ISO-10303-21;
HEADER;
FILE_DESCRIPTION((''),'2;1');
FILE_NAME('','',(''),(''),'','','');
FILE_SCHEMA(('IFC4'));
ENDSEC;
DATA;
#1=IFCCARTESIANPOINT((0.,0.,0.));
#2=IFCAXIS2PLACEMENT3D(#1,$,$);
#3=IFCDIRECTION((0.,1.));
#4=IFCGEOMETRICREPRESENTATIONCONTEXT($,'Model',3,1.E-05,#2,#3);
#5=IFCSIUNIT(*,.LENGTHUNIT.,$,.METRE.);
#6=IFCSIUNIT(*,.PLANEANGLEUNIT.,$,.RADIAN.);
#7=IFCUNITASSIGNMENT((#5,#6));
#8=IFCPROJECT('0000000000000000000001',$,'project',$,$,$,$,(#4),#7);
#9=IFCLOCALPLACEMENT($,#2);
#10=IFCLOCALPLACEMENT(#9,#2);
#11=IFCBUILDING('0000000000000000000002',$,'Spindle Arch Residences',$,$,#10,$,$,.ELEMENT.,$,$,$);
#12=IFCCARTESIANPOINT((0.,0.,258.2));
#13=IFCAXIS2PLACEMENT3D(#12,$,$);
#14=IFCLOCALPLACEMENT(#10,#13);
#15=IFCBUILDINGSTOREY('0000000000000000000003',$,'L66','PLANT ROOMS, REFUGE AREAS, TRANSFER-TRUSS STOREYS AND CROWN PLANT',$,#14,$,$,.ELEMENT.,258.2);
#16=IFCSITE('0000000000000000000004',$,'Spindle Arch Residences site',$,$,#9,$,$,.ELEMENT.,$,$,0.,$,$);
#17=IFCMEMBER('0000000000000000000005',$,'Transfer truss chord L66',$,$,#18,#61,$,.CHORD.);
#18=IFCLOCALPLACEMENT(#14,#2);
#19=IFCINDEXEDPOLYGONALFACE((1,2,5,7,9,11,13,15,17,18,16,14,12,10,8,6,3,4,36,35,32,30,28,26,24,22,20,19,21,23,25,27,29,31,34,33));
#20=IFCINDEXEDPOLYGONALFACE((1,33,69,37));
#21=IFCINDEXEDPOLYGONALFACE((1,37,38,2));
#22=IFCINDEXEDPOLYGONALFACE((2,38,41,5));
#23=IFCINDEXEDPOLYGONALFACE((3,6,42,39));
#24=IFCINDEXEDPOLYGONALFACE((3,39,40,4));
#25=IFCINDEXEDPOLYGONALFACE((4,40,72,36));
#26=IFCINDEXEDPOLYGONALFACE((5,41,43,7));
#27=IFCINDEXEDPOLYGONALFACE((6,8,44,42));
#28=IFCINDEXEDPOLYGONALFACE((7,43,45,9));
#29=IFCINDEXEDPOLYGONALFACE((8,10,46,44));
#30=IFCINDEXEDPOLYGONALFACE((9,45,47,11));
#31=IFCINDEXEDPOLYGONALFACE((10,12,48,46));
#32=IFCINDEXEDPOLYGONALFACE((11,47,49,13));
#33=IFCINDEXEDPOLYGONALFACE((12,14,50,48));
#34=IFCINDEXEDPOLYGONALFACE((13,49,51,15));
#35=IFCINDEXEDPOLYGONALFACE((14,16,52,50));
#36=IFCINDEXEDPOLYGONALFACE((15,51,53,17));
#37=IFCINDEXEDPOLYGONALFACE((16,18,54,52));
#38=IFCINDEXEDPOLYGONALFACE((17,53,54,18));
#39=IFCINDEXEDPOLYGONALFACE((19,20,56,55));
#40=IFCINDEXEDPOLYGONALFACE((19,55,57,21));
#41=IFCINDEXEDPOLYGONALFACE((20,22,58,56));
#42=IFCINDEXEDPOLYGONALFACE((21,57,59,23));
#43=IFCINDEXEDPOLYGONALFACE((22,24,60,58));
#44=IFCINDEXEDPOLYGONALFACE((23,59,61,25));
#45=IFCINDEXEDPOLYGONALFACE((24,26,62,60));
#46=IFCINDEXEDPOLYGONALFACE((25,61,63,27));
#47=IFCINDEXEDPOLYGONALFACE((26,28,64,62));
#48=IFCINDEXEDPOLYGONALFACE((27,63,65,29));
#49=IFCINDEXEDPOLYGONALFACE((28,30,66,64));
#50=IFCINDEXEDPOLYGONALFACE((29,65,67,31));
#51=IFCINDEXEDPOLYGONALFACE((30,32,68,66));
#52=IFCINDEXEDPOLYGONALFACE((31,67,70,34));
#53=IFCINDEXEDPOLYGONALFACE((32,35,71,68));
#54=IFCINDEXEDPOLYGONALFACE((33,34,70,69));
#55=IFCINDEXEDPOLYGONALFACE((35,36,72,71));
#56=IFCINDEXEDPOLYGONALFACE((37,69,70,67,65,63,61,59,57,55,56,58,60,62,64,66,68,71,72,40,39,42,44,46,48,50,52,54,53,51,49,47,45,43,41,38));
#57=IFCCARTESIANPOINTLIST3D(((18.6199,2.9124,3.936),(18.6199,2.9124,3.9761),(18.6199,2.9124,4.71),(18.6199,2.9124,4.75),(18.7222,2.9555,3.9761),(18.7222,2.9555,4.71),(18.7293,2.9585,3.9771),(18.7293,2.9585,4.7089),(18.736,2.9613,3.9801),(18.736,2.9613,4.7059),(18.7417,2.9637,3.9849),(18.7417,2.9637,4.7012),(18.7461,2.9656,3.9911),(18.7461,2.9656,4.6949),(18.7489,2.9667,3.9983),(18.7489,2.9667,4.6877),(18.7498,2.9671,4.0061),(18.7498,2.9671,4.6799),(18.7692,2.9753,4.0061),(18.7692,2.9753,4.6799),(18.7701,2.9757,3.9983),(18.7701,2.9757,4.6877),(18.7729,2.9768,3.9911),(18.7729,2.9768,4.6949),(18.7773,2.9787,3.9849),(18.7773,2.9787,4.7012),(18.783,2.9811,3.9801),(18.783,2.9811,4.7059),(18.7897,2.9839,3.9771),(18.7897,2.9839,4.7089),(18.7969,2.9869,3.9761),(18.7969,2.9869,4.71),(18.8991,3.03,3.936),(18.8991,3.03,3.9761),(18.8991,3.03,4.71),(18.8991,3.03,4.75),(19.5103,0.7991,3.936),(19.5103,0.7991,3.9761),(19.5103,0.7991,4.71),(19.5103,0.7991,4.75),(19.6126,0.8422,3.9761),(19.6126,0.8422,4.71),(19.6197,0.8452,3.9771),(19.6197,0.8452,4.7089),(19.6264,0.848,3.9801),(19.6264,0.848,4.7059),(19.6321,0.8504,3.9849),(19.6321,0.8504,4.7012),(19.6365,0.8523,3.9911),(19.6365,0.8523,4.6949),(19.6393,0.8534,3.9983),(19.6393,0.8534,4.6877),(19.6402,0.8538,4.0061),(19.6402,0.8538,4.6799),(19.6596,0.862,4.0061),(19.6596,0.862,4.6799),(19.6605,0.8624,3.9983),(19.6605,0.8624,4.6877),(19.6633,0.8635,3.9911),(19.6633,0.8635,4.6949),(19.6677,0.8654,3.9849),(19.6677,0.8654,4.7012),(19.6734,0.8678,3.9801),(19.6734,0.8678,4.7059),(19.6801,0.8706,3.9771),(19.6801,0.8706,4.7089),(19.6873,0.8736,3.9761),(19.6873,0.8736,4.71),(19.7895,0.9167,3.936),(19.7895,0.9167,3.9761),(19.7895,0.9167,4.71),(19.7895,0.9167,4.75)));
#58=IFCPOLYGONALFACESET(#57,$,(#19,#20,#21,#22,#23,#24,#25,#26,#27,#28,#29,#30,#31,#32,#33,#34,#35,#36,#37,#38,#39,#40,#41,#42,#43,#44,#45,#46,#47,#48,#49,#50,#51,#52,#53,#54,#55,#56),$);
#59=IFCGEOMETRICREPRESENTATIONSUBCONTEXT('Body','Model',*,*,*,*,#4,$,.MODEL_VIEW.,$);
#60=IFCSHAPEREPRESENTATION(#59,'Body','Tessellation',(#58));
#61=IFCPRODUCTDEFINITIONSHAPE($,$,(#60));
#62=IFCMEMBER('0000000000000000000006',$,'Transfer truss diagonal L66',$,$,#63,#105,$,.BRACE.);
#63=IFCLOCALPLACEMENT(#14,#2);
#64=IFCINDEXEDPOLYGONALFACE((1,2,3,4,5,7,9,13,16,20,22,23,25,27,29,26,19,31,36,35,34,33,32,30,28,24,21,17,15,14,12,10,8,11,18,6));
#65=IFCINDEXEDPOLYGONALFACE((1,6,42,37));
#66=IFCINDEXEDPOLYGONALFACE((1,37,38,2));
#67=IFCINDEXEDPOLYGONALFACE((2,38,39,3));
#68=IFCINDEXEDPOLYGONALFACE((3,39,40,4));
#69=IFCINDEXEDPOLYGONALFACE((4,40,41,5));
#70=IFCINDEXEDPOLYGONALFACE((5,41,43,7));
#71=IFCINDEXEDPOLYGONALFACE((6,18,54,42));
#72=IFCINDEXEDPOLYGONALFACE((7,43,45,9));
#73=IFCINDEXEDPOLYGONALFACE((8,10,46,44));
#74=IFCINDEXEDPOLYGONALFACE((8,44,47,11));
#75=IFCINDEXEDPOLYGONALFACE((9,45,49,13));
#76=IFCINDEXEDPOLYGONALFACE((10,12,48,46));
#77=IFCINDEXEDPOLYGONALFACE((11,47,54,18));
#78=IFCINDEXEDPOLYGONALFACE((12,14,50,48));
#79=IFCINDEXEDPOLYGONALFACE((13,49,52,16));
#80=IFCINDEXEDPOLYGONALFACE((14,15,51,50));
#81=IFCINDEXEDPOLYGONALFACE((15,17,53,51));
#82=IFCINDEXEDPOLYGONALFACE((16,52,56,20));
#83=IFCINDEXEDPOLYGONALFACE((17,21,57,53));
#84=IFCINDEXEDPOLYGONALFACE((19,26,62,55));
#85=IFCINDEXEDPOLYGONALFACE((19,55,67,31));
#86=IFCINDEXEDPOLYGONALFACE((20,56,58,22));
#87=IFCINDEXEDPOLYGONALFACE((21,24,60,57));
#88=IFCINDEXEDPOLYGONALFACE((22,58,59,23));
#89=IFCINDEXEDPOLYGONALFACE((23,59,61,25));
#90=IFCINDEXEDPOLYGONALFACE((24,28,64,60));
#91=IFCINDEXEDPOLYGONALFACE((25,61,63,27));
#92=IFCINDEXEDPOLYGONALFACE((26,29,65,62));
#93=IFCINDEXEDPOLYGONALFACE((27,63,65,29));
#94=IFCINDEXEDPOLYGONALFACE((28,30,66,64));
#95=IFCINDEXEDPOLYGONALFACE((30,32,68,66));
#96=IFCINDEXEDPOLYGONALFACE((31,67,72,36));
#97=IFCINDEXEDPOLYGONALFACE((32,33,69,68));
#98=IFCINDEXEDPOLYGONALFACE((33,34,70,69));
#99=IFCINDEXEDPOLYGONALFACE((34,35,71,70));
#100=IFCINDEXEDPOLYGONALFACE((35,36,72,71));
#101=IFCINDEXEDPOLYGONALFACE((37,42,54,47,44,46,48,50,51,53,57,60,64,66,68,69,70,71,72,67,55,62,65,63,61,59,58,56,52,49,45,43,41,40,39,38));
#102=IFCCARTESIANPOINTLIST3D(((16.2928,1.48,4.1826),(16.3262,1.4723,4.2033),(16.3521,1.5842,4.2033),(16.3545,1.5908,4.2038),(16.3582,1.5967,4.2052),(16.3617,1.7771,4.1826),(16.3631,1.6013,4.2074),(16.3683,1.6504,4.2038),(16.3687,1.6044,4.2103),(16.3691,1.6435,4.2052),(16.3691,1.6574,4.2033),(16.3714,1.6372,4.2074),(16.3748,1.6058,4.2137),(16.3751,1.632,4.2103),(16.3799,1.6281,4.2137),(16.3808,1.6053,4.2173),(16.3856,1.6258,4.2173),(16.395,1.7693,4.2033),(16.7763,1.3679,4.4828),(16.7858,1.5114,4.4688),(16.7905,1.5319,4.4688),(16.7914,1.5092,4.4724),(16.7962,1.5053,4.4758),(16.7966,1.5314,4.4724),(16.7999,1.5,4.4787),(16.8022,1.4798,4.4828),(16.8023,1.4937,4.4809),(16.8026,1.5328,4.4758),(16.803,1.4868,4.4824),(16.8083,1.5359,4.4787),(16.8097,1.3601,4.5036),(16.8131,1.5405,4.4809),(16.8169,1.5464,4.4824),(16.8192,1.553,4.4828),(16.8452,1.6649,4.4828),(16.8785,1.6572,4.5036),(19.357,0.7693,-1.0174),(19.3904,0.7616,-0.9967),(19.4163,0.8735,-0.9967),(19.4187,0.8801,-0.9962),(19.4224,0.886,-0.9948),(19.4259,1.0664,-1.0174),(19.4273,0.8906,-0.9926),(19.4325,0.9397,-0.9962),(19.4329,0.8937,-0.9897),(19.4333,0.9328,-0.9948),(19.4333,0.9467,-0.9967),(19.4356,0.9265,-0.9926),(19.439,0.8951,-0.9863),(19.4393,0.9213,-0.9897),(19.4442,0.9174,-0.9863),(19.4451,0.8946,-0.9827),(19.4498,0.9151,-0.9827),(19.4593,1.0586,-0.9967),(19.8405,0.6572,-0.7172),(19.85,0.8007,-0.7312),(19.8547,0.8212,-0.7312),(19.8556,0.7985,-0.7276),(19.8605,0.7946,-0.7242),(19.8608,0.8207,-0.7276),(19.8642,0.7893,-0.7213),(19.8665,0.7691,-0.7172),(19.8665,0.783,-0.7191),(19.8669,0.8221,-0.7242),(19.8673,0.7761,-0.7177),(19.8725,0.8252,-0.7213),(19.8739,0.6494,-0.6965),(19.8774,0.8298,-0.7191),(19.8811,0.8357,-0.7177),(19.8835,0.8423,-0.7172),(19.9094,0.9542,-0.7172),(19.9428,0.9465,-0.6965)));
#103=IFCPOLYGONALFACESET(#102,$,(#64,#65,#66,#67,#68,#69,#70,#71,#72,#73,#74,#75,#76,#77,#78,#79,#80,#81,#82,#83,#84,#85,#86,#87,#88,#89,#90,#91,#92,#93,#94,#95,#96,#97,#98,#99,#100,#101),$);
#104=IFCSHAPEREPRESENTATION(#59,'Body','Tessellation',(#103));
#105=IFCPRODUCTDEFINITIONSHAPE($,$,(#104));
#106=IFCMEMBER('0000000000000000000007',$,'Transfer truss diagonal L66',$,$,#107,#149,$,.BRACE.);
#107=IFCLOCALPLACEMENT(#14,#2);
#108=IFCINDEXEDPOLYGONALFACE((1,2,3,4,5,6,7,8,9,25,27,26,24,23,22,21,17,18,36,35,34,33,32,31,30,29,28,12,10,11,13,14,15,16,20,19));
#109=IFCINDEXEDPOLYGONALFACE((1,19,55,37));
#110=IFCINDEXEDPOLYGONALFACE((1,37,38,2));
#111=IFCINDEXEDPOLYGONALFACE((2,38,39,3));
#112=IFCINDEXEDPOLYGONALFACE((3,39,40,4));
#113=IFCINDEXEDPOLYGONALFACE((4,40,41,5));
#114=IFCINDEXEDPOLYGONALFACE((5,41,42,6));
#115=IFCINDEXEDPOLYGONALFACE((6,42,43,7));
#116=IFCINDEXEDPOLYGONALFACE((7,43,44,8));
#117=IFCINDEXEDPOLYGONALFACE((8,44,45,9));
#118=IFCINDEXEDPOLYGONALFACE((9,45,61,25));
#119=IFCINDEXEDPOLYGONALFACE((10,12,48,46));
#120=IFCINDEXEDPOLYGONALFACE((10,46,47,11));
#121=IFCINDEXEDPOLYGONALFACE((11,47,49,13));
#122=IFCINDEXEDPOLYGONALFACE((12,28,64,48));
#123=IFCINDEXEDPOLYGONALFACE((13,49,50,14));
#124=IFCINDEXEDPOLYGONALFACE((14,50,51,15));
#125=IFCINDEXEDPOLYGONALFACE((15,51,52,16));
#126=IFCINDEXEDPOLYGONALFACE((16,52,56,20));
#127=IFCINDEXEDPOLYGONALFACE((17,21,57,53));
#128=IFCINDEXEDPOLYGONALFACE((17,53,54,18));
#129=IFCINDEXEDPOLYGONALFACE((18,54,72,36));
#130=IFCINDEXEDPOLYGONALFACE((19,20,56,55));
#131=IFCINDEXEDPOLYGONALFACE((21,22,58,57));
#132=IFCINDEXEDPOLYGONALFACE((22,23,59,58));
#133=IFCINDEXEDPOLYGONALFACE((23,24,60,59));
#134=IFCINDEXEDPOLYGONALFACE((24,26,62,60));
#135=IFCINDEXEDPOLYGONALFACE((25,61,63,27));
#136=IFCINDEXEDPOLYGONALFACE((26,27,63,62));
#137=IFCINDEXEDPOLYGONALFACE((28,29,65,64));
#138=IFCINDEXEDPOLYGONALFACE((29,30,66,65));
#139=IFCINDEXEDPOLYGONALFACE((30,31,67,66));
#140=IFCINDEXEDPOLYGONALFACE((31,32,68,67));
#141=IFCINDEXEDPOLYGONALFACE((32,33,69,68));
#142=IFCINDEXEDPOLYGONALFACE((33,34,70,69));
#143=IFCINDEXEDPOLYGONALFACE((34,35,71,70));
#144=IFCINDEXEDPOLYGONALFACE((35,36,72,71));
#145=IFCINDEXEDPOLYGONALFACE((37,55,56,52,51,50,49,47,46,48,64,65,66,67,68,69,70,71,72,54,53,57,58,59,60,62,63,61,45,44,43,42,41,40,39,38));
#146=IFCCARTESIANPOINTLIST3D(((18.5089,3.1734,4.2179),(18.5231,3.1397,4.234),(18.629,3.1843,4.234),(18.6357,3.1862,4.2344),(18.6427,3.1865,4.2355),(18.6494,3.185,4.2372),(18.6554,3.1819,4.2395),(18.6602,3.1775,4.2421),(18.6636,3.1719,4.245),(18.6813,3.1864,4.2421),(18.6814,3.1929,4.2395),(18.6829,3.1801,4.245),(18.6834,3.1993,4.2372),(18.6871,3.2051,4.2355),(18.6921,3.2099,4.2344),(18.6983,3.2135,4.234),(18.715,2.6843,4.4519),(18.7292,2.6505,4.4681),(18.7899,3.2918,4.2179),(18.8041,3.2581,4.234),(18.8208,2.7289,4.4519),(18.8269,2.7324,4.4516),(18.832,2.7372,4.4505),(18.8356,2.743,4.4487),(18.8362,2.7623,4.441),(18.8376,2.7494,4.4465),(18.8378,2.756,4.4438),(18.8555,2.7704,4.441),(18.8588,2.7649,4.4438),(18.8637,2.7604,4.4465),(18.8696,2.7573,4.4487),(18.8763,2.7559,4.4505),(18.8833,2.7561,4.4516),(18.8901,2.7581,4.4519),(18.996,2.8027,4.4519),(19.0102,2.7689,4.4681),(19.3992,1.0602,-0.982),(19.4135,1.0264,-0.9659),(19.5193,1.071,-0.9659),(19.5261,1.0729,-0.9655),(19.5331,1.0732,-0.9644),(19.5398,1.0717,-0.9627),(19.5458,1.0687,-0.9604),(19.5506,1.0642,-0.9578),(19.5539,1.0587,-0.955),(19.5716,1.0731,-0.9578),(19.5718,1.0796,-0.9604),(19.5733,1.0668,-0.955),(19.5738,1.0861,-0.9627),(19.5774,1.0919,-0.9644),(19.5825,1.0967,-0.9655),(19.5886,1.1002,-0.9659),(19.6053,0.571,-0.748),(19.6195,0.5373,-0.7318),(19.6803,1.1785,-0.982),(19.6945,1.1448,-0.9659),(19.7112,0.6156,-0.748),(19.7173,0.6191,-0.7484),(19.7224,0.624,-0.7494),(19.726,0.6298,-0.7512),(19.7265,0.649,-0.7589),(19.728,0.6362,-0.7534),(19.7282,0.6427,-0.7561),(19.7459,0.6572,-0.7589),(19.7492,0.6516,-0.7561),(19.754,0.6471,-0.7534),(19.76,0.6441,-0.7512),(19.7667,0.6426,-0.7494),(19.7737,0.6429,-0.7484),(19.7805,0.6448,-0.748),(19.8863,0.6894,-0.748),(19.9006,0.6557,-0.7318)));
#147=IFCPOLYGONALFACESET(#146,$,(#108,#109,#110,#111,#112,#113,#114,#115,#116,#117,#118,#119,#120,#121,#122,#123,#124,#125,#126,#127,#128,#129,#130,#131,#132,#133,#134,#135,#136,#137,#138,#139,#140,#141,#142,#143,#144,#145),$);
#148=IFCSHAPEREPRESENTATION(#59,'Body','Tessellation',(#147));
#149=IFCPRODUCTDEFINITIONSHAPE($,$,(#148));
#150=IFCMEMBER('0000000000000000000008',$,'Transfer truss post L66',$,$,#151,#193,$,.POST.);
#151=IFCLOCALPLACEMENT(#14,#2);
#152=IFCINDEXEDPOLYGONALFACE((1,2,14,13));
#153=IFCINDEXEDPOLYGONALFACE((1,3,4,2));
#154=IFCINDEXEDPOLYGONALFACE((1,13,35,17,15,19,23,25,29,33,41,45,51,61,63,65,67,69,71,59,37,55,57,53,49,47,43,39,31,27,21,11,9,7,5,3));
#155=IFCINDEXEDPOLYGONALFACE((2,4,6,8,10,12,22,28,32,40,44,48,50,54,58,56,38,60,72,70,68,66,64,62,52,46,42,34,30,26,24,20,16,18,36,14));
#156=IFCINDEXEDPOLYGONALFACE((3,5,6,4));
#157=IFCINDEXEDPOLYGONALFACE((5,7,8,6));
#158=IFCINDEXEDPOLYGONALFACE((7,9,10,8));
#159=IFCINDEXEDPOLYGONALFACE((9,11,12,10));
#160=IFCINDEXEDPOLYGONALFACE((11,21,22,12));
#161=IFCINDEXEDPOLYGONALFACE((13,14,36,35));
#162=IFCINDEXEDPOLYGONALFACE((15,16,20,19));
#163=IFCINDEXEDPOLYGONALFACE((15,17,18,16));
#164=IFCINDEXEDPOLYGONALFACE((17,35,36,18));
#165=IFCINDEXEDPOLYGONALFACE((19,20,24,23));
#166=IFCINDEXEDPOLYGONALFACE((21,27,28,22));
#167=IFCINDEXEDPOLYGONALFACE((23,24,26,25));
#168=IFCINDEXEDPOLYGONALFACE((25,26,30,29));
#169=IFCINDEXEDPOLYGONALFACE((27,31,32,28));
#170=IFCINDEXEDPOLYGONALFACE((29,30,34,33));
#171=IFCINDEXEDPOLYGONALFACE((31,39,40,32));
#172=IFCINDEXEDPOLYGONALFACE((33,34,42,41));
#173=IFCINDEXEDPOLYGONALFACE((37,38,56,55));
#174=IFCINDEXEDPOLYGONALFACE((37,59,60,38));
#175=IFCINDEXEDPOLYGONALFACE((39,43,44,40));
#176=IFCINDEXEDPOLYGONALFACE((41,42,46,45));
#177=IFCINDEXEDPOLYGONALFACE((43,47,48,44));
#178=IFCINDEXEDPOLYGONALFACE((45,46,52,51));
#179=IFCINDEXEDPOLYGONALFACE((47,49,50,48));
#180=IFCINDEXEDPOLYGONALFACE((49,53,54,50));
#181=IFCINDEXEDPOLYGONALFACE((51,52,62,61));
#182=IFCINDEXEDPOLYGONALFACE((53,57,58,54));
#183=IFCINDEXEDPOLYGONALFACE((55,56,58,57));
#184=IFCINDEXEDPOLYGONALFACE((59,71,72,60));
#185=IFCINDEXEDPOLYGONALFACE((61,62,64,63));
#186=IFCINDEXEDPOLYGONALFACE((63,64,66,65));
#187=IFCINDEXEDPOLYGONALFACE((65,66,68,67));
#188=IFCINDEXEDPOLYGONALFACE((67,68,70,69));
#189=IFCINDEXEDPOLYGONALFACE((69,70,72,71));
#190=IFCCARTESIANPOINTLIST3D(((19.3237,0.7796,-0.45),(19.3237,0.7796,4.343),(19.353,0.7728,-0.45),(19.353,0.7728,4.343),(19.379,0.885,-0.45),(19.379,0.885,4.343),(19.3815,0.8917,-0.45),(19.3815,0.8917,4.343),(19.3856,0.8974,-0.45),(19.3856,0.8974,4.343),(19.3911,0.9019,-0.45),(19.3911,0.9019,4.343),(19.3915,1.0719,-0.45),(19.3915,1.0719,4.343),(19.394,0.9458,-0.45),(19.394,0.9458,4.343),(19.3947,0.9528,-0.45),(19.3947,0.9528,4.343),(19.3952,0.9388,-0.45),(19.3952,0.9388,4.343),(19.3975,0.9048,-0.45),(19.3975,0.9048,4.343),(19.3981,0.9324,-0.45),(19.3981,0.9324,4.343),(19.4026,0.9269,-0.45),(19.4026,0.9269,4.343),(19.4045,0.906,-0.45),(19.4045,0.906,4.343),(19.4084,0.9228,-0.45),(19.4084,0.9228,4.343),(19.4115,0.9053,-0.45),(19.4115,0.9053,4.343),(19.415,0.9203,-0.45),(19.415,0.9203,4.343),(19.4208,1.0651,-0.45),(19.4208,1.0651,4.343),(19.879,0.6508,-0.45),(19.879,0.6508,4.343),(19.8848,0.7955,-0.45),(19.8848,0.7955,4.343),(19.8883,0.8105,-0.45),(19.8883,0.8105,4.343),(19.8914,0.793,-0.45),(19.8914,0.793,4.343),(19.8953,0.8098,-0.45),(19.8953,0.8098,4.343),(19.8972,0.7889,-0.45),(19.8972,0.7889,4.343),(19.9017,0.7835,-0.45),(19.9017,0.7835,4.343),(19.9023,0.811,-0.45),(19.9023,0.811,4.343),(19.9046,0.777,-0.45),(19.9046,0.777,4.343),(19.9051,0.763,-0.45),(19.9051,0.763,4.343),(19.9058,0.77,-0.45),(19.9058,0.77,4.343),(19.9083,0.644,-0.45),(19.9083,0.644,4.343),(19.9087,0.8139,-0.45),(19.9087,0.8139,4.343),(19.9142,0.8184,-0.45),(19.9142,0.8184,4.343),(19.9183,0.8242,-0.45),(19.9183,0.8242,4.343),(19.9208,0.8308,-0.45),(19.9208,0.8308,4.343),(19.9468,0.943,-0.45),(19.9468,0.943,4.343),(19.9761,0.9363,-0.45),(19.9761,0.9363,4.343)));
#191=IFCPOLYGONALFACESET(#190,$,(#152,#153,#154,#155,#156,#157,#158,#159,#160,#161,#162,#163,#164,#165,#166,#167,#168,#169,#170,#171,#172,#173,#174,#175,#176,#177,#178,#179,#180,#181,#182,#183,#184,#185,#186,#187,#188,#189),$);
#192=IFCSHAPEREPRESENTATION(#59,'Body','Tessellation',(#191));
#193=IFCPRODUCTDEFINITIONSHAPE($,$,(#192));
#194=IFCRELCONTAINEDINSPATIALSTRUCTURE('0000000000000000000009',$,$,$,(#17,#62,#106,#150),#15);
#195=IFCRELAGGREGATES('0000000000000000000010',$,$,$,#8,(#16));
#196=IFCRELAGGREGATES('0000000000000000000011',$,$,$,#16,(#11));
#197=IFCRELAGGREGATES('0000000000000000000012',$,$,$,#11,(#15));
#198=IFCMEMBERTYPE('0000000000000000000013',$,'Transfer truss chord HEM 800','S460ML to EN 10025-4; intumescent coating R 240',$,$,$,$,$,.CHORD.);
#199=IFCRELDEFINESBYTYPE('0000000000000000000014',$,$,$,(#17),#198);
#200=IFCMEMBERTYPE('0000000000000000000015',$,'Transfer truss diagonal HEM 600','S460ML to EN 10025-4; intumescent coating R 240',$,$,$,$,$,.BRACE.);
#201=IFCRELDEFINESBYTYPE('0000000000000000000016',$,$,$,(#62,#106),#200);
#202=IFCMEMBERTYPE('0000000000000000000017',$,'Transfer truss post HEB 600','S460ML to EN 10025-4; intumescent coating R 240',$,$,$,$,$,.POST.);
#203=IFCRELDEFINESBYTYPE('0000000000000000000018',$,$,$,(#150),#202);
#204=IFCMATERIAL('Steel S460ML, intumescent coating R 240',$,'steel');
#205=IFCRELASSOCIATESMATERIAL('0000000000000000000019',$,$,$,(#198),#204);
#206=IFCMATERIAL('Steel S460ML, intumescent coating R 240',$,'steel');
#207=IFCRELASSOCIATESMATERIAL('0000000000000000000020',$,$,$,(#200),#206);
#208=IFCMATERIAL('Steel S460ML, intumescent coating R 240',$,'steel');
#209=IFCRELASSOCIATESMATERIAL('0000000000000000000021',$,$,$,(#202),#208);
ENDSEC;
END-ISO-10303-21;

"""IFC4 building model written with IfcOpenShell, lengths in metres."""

from ifc_helpers import new_model, si_unit, direction, frame, origin, origin_2d, place, context, subcontext, project, spatial, i_section, extrude, material, material_profile, profile_set, type_object, element, save


model = new_model("IFC4")

# Units and contexts
model_context = context("Model", 3, precision=1e-05, world=origin(), true_north=direction((0.0, 1.0)))
body_context = subcontext(model_context, "Body", "Model", "MODEL_VIEW")
ifc_project = project(units=[si_unit("LENGTHUNIT", "METRE"), si_unit("PLANEANGLEUNIT", "RADIAN")], contexts=[model_context])

# Site, building, storey
site_placement = place(None, origin())
site = spatial("IfcSite", under=ifc_project, at=site_placement, Name="Spindle Arch Residences site", CompositionType="ELEMENT", RefElevation=0.0)
building_placement = place(site_placement, origin())
building = spatial("IfcBuilding", under=site, at=building_placement, Name="Spindle Arch Residences", CompositionType="ELEMENT")
storey_placement = place(building_placement, frame((0.0, 0.0, 258.2)))
storey = spatial("IfcBuildingStorey", under=building, at=storey_placement, Name="L66", Description="PLANT ROOMS, REFUGE AREAS, TRANSFER-TRUSS STOREYS AND CROWN PLANT", CompositionType="ELEMENT", Elevation=258.2)

# Members
ifc_material_1 = material(Name="Steel S460ML, intumescent coating R 240", Category="steel")
ifc_material_profile_1 = material_profile(ifc_material_1, i_section(OverallWidth=0.303, OverallDepth=0.814, WebThickness=0.021, FlangeThickness=0.04, FilletRadius=0.03, at=origin_2d()), Name="HEM 800")
ifc_profile_set_1 = profile_set([ifc_material_profile_1], Name="Steel S460ML, intumescent coating R 240")
member_type_1 = type_object("IfcMemberType", Name="Transfer truss chord HEM 800", Description="S460ML to EN 10025-4; intumescent coating R 240", PredefinedType="CHORD", material=ifc_profile_set_1)
for number, where, z_axis, x_axis, name in (
    (1, (19.6499, 0.8579, 4.343), (-0.388271, 0.921545, 0.0), (-0.921545, -0.388271, 0.0), "Transfer truss chord L66"),
):
    element("IfcMember", number, at=place(storey_placement, frame(where, z_axis=z_axis, x_axis=x_axis)), inside=storey, type_object=member_type_1, Name=name, PredefinedType="CHORD", context=body_context, shape_type="SweptSolid", body=[
        extrude(i_section(OverallWidth=0.303, OverallDepth=0.814, WebThickness=0.021, FlangeThickness=0.04, FilletRadius=0.03, at=origin_2d()), origin(), (0.0, 0.0, 1.0), 2.2932),
    ])
ifc_material_2 = material(Name="Steel S460ML, intumescent coating R 240", Category="steel")
ifc_material_profile_2 = material_profile(ifc_material_2, i_section(OverallWidth=0.3049, OverallDepth=0.6201, WebThickness=0.021, FlangeThickness=0.04, FilletRadius=0.0271, at=origin_2d()), Name="HEM 600")
ifc_profile_set_2 = profile_set([ifc_material_profile_2], Name="Steel S460ML, intumescent coating R 240")
member_type_2 = type_object("IfcMemberType", Name="Transfer truss diagonal HEM 600", Description="S460ML to EN 10025-4; intumescent coating R 240", PredefinedType="BRACE", material=ifc_profile_set_2)
member_1_placement = place(storey_placement, frame((19.6499, 0.8579, -0.8569), z_axis=(-0.504203, 0.116942, 0.855631), x_axis=(-0.225936, -0.974142, 0.0)))
element("IfcMember", 2, at=member_1_placement, inside=storey, type_object=member_type_2, Name="Transfer truss diagonal L66", PredefinedType="BRACE", context=body_context, shape_type="SweptSolid", body=[
    extrude(i_section(OverallWidth=0.3049, OverallDepth=0.6201, WebThickness=0.021, FlangeThickness=0.04, FilletRadius=0.0271, at=origin_2d()), origin(), (0.0, 0.0, 1.0), 6.0774),
])
member_2_placement = place(storey_placement, frame((19.6499, 0.8579, -0.8569), z_axis=(-0.15667, 0.37185, 0.914976), x_axis=(-0.921545, -0.388271, 0.0)))
element("IfcMember", 3, at=member_2_placement, inside=storey, type_object=member_type_2, Name="Transfer truss diagonal L66", PredefinedType="BRACE", context=body_context, shape_type="SweptSolid", body=[
    extrude(i_section(OverallWidth=0.3049, OverallDepth=0.6201, WebThickness=0.021, FlangeThickness=0.04, FilletRadius=0.0271, at=origin_2d()), origin(), (0.0, 0.0, 1.0), 5.6831),
])
ifc_material_3 = material(Name="Steel S460ML, intumescent coating R 240", Category="steel")
ifc_material_profile_3 = material_profile(ifc_material_3, i_section(OverallWidth=0.3, OverallDepth=0.6001, WebThickness=0.0154, FlangeThickness=0.03, FilletRadius=0.0271, at=origin_2d()), Name="HEB 600")
ifc_profile_set_3 = profile_set([ifc_material_profile_3], Name="Steel S460ML, intumescent coating R 240")
member_type_3 = type_object("IfcMemberType", Name="Transfer truss post HEB 600", Description="S460ML to EN 10025-4; intumescent coating R 240", PredefinedType="POST", material=ifc_profile_set_3)
member_3_placement = place(storey_placement, frame((19.6499, 0.8579, -0.45), z_axis=(0.0, 0.0, 1.0), x_axis=(-0.22596, -0.974136, 0.0)))
element("IfcMember", 4, at=member_3_placement, inside=storey, type_object=member_type_3, Name="Transfer truss post L66", PredefinedType="POST", context=body_context, shape_type="SweptSolid", body=[
    extrude(i_section(OverallWidth=0.3, OverallDepth=0.6001, WebThickness=0.0154, FlangeThickness=0.03, FilletRadius=0.0271, at=origin_2d()), origin(), (0.0, 0.0, 1.0), 4.793),
])

save(model, "model.ifc")
